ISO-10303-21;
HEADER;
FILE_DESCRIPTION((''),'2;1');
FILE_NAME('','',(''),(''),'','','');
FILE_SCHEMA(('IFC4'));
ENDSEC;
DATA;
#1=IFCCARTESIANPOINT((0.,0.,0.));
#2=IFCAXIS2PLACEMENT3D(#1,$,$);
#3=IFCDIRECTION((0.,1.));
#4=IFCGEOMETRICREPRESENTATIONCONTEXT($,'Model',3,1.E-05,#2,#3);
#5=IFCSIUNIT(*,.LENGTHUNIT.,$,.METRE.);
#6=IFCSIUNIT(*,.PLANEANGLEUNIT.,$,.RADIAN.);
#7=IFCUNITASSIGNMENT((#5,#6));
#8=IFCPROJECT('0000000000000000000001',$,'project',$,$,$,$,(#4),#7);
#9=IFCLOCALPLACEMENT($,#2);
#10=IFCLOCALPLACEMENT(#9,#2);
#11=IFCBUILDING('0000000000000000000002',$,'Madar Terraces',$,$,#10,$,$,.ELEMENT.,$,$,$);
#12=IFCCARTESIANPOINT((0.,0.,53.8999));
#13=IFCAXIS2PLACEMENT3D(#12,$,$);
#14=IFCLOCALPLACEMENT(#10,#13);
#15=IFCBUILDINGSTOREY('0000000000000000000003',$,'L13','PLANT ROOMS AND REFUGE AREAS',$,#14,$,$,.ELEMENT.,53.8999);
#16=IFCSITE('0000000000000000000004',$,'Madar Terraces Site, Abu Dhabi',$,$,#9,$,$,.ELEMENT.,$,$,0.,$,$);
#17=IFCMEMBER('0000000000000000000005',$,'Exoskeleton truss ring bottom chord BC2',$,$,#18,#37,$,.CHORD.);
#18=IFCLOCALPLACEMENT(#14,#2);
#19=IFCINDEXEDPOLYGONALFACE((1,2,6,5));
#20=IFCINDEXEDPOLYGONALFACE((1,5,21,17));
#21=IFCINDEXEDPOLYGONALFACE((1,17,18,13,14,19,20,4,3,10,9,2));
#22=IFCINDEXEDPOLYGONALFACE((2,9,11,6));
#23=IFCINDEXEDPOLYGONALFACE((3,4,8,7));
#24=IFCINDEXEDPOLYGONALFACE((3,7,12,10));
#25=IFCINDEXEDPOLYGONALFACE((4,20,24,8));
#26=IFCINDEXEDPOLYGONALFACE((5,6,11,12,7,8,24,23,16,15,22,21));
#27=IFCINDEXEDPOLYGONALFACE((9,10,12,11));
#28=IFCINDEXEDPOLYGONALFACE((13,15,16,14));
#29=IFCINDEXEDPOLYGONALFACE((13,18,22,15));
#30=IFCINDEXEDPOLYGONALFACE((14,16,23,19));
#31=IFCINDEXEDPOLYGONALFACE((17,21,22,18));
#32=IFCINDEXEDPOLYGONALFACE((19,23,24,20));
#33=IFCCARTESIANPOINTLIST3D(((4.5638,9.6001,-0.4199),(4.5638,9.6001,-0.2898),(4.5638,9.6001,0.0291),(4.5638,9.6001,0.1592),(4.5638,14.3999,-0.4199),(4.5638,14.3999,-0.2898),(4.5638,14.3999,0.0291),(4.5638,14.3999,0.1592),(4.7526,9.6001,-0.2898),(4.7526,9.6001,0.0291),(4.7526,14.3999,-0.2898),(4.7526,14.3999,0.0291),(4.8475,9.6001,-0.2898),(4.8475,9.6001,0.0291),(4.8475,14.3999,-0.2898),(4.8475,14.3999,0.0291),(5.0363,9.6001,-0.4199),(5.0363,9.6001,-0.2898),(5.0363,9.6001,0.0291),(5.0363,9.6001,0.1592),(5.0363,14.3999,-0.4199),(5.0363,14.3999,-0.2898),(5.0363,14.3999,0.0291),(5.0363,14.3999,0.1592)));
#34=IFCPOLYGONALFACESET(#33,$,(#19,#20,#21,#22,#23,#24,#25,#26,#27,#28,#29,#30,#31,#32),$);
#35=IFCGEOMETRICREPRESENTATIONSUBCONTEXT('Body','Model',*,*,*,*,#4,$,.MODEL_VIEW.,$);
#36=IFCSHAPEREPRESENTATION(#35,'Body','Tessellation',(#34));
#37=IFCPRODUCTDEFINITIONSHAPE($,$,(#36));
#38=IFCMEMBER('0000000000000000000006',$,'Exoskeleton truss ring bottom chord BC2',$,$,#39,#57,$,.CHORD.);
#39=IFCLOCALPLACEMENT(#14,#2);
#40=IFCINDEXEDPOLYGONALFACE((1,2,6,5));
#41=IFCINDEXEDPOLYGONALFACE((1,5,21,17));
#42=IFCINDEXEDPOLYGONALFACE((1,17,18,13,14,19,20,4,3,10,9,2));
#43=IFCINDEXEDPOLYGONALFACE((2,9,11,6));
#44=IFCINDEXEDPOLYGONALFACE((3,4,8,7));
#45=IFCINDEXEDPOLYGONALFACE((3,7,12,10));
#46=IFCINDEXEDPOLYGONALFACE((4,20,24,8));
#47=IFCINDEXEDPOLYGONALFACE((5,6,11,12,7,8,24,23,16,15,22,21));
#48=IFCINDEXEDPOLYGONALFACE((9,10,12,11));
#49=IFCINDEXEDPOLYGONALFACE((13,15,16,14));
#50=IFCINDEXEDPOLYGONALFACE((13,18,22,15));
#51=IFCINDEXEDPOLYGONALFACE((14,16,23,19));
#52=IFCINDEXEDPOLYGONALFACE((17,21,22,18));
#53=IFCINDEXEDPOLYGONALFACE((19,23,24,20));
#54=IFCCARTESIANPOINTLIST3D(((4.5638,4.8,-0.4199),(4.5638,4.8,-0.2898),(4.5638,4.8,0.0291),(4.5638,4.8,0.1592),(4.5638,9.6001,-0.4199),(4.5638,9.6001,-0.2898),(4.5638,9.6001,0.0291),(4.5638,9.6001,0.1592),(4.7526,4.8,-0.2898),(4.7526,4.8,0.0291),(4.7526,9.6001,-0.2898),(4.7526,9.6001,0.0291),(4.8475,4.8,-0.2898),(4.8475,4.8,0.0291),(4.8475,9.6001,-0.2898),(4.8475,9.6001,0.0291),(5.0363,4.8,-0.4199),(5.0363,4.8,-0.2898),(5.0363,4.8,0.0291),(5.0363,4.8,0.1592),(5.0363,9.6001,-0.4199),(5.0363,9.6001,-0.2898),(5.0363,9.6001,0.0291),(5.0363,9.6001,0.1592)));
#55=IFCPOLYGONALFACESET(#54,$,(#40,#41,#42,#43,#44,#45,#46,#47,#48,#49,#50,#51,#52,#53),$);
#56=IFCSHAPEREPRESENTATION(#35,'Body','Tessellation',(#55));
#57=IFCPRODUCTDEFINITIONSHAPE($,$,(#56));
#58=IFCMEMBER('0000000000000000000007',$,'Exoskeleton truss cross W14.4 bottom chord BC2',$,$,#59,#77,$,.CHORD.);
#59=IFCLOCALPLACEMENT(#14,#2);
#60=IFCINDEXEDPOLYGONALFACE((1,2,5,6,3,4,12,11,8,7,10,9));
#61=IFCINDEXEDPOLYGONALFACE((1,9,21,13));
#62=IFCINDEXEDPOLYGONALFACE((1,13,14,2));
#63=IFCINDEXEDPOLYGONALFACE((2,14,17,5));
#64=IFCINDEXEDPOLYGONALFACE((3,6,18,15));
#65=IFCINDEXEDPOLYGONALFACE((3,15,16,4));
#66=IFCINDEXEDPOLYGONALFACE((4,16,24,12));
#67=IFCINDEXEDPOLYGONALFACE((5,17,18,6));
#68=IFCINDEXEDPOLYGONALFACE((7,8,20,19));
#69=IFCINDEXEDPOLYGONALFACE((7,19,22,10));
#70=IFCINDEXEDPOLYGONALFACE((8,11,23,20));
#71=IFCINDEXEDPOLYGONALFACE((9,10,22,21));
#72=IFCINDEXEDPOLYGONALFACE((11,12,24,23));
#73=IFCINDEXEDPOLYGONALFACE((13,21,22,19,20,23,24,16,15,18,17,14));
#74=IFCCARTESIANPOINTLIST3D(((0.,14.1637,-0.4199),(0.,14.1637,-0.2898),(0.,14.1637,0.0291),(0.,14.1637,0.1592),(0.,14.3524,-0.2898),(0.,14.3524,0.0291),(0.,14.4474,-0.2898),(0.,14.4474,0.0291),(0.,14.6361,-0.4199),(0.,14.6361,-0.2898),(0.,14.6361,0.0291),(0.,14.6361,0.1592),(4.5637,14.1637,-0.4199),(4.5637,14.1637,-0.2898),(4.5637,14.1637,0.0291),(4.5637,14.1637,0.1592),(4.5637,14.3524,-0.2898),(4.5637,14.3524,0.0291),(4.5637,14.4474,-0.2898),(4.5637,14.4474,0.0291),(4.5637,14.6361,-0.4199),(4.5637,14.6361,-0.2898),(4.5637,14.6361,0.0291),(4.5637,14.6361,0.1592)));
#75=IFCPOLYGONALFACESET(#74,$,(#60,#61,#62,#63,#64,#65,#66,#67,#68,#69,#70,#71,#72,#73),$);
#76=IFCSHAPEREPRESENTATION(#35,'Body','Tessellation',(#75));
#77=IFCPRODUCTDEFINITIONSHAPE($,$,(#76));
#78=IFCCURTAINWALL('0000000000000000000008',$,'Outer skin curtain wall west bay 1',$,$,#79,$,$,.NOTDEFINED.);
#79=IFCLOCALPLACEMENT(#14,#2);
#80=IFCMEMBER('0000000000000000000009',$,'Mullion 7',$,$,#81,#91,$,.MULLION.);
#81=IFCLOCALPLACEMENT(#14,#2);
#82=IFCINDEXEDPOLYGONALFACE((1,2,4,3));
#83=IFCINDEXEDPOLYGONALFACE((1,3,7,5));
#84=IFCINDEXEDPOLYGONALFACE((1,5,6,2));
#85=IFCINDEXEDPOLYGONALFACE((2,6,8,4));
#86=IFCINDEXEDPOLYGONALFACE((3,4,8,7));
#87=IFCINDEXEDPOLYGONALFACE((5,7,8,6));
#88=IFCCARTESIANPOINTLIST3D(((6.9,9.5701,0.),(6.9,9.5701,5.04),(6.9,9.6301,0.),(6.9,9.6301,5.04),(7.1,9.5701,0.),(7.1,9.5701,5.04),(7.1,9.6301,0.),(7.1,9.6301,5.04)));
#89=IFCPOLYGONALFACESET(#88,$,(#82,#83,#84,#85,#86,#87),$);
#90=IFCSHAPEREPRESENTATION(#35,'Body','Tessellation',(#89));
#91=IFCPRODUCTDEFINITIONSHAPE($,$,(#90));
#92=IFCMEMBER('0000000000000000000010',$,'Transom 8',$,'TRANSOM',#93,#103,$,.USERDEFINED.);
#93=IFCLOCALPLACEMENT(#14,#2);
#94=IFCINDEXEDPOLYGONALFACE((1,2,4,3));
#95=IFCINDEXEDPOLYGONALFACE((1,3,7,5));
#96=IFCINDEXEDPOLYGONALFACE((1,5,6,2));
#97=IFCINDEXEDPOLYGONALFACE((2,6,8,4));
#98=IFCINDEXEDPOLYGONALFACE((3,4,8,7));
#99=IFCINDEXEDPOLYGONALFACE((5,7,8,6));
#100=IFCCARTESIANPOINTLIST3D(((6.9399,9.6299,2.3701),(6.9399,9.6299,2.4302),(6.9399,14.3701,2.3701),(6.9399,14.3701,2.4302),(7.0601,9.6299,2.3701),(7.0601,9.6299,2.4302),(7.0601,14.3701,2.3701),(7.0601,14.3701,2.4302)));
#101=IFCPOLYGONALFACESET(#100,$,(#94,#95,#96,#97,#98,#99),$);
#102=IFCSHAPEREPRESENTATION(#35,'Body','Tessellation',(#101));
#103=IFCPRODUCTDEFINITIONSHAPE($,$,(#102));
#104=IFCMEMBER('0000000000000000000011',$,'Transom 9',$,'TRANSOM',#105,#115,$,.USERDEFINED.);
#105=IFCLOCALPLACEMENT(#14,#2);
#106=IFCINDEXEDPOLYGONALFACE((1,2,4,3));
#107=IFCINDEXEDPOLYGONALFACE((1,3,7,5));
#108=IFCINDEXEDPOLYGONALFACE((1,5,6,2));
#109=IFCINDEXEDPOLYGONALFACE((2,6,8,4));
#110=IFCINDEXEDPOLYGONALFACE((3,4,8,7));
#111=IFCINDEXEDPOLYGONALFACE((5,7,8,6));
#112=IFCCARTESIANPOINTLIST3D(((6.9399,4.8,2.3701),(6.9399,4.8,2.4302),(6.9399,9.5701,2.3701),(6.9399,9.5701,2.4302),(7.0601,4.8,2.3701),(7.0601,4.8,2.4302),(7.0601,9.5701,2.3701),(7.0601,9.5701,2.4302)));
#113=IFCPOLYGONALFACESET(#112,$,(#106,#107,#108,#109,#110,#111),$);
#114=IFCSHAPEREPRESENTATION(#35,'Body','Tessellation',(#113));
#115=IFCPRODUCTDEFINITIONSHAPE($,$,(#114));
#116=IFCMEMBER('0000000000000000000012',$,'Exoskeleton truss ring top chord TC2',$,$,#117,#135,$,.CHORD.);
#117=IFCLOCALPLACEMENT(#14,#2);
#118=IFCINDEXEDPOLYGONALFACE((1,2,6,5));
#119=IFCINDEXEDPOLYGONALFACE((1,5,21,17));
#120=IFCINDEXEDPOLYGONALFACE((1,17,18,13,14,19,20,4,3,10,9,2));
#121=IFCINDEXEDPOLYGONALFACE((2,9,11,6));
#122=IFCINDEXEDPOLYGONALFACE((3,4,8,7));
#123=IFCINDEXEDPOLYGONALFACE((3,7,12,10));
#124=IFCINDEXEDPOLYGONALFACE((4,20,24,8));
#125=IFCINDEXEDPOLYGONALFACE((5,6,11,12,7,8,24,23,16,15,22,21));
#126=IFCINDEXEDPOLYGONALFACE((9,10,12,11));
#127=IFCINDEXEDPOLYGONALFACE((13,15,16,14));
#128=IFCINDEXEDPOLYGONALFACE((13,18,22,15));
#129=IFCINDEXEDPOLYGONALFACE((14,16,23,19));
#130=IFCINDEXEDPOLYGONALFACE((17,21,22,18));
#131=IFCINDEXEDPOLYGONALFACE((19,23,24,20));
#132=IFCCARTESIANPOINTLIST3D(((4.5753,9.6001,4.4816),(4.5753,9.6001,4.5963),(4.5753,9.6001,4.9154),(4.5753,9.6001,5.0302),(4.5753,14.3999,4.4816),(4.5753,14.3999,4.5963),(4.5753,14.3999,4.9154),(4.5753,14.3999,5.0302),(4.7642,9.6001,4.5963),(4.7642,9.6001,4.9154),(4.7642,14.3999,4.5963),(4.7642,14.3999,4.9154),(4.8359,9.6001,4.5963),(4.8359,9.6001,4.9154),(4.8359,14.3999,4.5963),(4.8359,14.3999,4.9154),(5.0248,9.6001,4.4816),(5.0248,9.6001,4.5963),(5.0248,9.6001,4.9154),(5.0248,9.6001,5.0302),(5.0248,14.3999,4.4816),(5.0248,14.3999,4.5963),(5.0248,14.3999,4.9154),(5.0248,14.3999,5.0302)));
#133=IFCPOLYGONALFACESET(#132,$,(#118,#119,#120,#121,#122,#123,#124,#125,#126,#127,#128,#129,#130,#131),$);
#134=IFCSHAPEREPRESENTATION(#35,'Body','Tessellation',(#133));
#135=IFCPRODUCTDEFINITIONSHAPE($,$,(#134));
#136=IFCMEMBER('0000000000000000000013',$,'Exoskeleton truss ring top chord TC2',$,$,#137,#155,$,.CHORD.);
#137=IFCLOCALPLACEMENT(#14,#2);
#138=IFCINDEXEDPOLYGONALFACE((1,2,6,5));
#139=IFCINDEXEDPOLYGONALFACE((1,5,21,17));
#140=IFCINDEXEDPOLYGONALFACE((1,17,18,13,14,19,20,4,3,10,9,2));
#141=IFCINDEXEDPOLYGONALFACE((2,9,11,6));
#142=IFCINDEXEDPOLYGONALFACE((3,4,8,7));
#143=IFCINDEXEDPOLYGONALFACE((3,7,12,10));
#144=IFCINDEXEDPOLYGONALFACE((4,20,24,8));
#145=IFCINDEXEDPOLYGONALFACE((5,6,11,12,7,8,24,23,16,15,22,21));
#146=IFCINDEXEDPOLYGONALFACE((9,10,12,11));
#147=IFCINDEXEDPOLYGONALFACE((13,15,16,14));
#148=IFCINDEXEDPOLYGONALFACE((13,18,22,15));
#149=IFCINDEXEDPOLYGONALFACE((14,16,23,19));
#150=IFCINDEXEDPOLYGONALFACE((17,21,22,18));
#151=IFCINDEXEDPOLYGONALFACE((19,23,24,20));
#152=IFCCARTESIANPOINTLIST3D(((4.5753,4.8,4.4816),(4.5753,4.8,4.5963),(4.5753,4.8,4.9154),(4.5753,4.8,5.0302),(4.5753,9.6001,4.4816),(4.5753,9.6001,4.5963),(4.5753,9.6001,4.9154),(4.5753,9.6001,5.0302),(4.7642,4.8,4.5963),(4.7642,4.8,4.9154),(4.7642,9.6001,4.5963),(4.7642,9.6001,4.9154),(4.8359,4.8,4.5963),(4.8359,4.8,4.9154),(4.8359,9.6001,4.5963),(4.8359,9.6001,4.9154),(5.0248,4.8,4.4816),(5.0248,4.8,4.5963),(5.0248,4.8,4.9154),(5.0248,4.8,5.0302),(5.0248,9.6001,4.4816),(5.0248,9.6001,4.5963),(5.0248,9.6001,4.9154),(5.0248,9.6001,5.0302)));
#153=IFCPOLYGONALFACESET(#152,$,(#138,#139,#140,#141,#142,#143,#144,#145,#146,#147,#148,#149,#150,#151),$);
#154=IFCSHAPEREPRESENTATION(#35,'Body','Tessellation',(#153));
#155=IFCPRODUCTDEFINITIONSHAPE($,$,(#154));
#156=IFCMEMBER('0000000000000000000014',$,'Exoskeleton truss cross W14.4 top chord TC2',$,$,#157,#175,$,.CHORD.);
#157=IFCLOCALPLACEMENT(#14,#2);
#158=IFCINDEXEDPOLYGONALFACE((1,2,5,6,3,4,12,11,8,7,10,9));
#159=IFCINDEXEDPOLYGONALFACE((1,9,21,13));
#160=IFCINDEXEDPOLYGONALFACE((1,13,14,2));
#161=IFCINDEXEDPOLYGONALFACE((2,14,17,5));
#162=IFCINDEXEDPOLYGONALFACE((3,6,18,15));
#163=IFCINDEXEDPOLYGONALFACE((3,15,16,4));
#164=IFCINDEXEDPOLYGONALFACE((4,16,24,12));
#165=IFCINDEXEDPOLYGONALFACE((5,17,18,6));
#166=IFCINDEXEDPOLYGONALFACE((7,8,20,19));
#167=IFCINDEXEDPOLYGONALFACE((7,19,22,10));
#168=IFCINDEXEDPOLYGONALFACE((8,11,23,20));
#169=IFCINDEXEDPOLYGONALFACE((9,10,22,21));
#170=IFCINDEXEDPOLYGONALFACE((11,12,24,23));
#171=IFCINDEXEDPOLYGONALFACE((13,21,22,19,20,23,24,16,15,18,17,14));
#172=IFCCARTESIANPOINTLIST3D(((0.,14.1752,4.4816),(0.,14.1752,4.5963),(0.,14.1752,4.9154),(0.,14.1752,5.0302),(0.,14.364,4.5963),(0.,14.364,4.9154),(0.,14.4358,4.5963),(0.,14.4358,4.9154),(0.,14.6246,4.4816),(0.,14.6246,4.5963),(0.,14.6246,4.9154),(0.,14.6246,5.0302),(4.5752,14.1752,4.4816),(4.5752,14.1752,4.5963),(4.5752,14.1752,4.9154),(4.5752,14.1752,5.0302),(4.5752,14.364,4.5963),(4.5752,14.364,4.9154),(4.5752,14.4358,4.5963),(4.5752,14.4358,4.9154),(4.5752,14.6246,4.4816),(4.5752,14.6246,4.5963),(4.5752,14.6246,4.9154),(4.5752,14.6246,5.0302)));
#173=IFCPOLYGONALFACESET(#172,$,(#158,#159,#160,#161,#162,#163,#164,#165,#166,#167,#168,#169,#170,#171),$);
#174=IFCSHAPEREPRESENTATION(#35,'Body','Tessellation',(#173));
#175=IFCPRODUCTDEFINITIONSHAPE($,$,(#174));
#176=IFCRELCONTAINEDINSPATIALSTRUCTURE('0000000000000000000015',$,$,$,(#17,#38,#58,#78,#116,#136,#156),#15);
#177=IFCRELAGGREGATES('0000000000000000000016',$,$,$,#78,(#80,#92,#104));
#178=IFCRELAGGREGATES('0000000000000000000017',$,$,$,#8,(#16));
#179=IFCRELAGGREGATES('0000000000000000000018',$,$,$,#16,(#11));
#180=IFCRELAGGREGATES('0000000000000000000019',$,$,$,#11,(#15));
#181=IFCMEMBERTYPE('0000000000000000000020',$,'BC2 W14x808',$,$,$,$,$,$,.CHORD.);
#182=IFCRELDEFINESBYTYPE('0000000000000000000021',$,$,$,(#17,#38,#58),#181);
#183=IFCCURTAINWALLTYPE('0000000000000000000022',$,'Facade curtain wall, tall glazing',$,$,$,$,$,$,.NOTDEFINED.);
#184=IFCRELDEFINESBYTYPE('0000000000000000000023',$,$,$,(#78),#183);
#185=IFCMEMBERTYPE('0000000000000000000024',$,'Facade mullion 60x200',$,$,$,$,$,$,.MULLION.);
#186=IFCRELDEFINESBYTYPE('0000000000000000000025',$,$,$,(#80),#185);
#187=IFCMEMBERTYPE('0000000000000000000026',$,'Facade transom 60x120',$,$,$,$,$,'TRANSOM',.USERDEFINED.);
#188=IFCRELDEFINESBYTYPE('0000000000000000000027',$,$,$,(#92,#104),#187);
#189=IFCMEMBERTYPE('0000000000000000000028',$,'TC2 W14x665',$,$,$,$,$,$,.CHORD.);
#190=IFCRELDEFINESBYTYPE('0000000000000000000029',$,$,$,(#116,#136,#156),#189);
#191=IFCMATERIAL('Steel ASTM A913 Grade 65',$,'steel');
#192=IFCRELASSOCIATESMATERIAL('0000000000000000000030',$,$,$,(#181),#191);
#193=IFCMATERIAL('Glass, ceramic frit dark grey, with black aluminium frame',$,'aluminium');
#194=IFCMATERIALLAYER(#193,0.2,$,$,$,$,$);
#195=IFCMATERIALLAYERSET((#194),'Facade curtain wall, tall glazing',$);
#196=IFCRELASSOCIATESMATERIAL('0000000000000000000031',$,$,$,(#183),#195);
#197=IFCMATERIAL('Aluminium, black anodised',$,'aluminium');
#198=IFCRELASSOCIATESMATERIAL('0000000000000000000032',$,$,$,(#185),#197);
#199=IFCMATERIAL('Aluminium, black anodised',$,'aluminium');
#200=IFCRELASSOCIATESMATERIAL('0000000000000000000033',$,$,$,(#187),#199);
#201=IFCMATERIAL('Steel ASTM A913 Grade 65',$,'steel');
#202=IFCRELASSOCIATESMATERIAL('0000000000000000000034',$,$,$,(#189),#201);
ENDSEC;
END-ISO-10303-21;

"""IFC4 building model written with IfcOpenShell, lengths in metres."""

from ifc_helpers import new_model, si_unit, direction, frame, origin, origin_2d, place, context, subcontext, project, spatial, rectangle, i_section, extrude, material, layer, layer_set, material_profile, profile_set, type_object, element, aggregate, save


model = new_model("IFC4")

# Units and contexts
model_context = context("Model", 3, precision=1e-05, world=origin(), true_north=direction((0.0, 1.0)))
body_context = subcontext(model_context, "Body", "Model", "MODEL_VIEW")
ifc_project = project(units=[si_unit("LENGTHUNIT", "METRE"), si_unit("PLANEANGLEUNIT", "RADIAN")], contexts=[model_context])

# Site, building, storey
site_placement = place(None, origin())
site = spatial("IfcSite", under=ifc_project, at=site_placement, Name="Madar Terraces Site, Abu Dhabi", CompositionType="ELEMENT", RefElevation=0.0)
building_placement = place(site_placement, origin())
building = spatial("IfcBuilding", under=site, at=building_placement, Name="Madar Terraces", CompositionType="ELEMENT")
storey_placement = place(building_placement, frame((0.0, 0.0, 53.8999)))
storey = spatial("IfcBuildingStorey", under=building, at=storey_placement, Name="L13", Description="PLANT ROOMS AND REFUGE AREAS", CompositionType="ELEMENT", Elevation=53.8999)

# Members
ifc_material_1 = material(Name="Steel ASTM A913 Grade 65", Category="steel")
ifc_material_profile_1 = material_profile(ifc_material_1, i_section(OverallWidth=0.4724, OverallDepth=0.5791, WebThickness=0.095, FlangeThickness=0.1301, at=origin_2d()), Name="W14x808")
ifc_profile_set_1 = profile_set([ifc_material_profile_1], Name="Steel ASTM A913 Grade 65")
member_type_1 = type_object("IfcMemberType", Name="BC2 W14x808", PredefinedType="CHORD", material=ifc_profile_set_1)
member_1_placement = place(storey_placement, frame((4.8, 14.3999, -0.1304), z_axis=(0.0, -1.0, 0.0), x_axis=(1.0, 0.0, 0.0)))
element("IfcMember", 1, at=member_1_placement, inside=storey, type_object=member_type_1, Name="Exoskeleton truss ring bottom chord BC2", PredefinedType="CHORD", context=body_context, shape_type="SweptSolid", body=[
    extrude(i_section(OverallWidth=0.4724, OverallDepth=0.5791, WebThickness=0.095, FlangeThickness=0.1301, at=origin_2d()), origin(), (0.0, 0.0, 1.0), 4.7998),
])
member_2_placement = place(storey_placement, frame((4.8, 9.6001, -0.1304), z_axis=(0.0, -1.0, 0.0), x_axis=(1.0, 0.0, 0.0)))
element("IfcMember", 2, at=member_2_placement, inside=storey, type_object=member_type_1, Name="Exoskeleton truss ring bottom chord BC2", PredefinedType="CHORD", context=body_context, shape_type="SweptSolid", body=[
    extrude(i_section(OverallWidth=0.4724, OverallDepth=0.5791, WebThickness=0.095, FlangeThickness=0.1301, at=origin_2d()), origin(), (0.0, 0.0, 1.0), 4.8),
])
member_3_placement = place(storey_placement, frame((0.0, 14.3999, -0.1304), z_axis=(1.0, 0.0, 0.0), x_axis=(0.0, 1.0, 0.0)))
element("IfcMember", 3, at=member_3_placement, inside=storey, type_object=member_type_1, Name="Exoskeleton truss cross W14.4 bottom chord BC2", PredefinedType="CHORD", context=body_context, shape_type="SweptSolid", body=[
    extrude(i_section(OverallWidth=0.4724, OverallDepth=0.5791, WebThickness=0.095, FlangeThickness=0.1301, at=origin_2d()), origin(), (0.0, 0.0, 1.0), 4.5637),
])

# Curtain wall, members
ifc_material_2 = material(Name="Glass, ceramic frit dark grey, with black aluminium frame", Category="aluminium")
ifc_layer_1 = layer(ifc_material_2, 0.2)
ifc_layer_set_1 = layer_set([ifc_layer_1], Name="Facade curtain wall, tall glazing")
curtain_wall_type = type_object("IfcCurtainWallType", Name="Facade curtain wall, tall glazing", PredefinedType="NOTDEFINED", material=ifc_layer_set_1)
curtain_wall_placement = place(storey_placement, origin())
curtain_wall = element("IfcCurtainWall", 4, at=curtain_wall_placement, inside=storey, type_object=curtain_wall_type, Name="Outer skin curtain wall west bay 1", PredefinedType="NOTDEFINED")
ifc_material_3 = material(Name="Aluminium, black anodised", Category="aluminium")
ifc_material_profile_2 = material_profile(ifc_material_3, rectangle(XDim=0.2, YDim=0.0601, at=origin_2d()), Name="Facade mullion 60x200")
ifc_profile_set_2 = profile_set([ifc_material_profile_2], Name="Aluminium, black anodised")
member_type_2 = type_object("IfcMemberType", Name="Facade mullion 60x200", PredefinedType="MULLION", material=ifc_profile_set_2)
member_4_placement = place(storey_placement, frame((7.0, 9.6001, 0.0), z_axis=(0.0, 0.0, 1.0), x_axis=(1.0, 0.0, 0.0)))
member_4 = element("IfcMember", 5, at=member_4_placement, type_object=member_type_2, Name="Mullion 7", PredefinedType="MULLION", context=body_context, shape_type="SweptSolid", body=[
    extrude(rectangle(XDim=0.2, YDim=0.0601, at=origin_2d()), origin(), (0.0, 0.0, 1.0), 5.04),
])
ifc_material_4 = material(Name="Aluminium, black anodised", Category="aluminium")
ifc_material_profile_3 = material_profile(ifc_material_4, rectangle(XDim=0.1201, YDim=0.0601, at=origin_2d()), Name="Facade transom 60x120")
ifc_profile_set_3 = profile_set([ifc_material_profile_3], Name="Aluminium, black anodised")
member_type_3 = type_object("IfcMemberType", Name="Facade transom 60x120", ElementType="TRANSOM", PredefinedType="USERDEFINED", material=ifc_profile_set_3)
member_5_placement = place(storey_placement, frame((7.0, 14.3701, 2.4001), z_axis=(0.0, -1.0, 0.0), x_axis=(1.0, 0.0, 0.0)))
member_5 = element("IfcMember", 6, at=member_5_placement, type_object=member_type_3, Name="Transom 8", ObjectType="TRANSOM", PredefinedType="USERDEFINED", context=body_context, shape_type="SweptSolid", body=[
    extrude(rectangle(XDim=0.1201, YDim=0.0601, at=origin_2d()), origin(), (0.0, 0.0, 1.0), 4.7402),
])
member_6_placement = place(storey_placement, frame((7.0, 9.5701, 2.4001), z_axis=(0.0, -1.0, 0.0), x_axis=(1.0, 0.0, 0.0)))
member_6 = element("IfcMember", 7, at=member_6_placement, type_object=member_type_3, Name="Transom 9", ObjectType="TRANSOM", PredefinedType="USERDEFINED", context=body_context, shape_type="SweptSolid", body=[
    extrude(rectangle(XDim=0.1201, YDim=0.0601, at=origin_2d()), origin(), (0.0, 0.0, 1.0), 4.77),
])

# Members
ifc_material_5 = material(Name="Steel ASTM A913 Grade 65", Category="steel")
ifc_material_profile_4 = material_profile(ifc_material_5, i_section(OverallWidth=0.4495, OverallDepth=0.5486, WebThickness=0.0718, FlangeThickness=0.1147, at=origin_2d()), Name="W14x665")
ifc_profile_set_4 = profile_set([ifc_material_profile_4], Name="Steel ASTM A913 Grade 65")
member_type_4 = type_object("IfcMemberType", Name="TC2 W14x665", PredefinedType="CHORD", material=ifc_profile_set_4)
member_7_placement = place(storey_placement, frame((4.8, 14.3999, 4.7559), z_axis=(0.0, -1.0, 0.0), x_axis=(1.0, 0.0, 0.0)))
element("IfcMember", 8, at=member_7_placement, inside=storey, type_object=member_type_4, Name="Exoskeleton truss ring top chord TC2", PredefinedType="CHORD", context=body_context, shape_type="SweptSolid", body=[
    extrude(i_section(OverallWidth=0.4495, OverallDepth=0.5486, WebThickness=0.0718, FlangeThickness=0.1147, at=origin_2d()), origin(), (0.0, 0.0, 1.0), 4.7998),
])
member_8_placement = place(storey_placement, frame((4.8, 9.6001, 4.7559), z_axis=(0.0, -1.0, 0.0), x_axis=(1.0, 0.0, 0.0)))
element("IfcMember", 9, at=member_8_placement, inside=storey, type_object=member_type_4, Name="Exoskeleton truss ring top chord TC2", PredefinedType="CHORD", context=body_context, shape_type="SweptSolid", body=[
    extrude(i_section(OverallWidth=0.4495, OverallDepth=0.5486, WebThickness=0.0718, FlangeThickness=0.1147, at=origin_2d()), origin(), (0.0, 0.0, 1.0), 4.8),
])
member_9_placement = place(storey_placement, frame((0.0, 14.3999, 4.7559), z_axis=(1.0, 0.0, 0.0), x_axis=(0.0, 1.0, 0.0)))
element("IfcMember", 10, at=member_9_placement, inside=storey, type_object=member_type_4, Name="Exoskeleton truss cross W14.4 top chord TC2", PredefinedType="CHORD", context=body_context, shape_type="SweptSolid", body=[
    extrude(i_section(OverallWidth=0.4495, OverallDepth=0.5486, WebThickness=0.0718, FlangeThickness=0.1147, at=origin_2d()), origin(), (0.0, 0.0, 1.0), 4.5752),
])

aggregate(curtain_wall, [member_4, member_5, member_6])

save(model, "model.ifc")
